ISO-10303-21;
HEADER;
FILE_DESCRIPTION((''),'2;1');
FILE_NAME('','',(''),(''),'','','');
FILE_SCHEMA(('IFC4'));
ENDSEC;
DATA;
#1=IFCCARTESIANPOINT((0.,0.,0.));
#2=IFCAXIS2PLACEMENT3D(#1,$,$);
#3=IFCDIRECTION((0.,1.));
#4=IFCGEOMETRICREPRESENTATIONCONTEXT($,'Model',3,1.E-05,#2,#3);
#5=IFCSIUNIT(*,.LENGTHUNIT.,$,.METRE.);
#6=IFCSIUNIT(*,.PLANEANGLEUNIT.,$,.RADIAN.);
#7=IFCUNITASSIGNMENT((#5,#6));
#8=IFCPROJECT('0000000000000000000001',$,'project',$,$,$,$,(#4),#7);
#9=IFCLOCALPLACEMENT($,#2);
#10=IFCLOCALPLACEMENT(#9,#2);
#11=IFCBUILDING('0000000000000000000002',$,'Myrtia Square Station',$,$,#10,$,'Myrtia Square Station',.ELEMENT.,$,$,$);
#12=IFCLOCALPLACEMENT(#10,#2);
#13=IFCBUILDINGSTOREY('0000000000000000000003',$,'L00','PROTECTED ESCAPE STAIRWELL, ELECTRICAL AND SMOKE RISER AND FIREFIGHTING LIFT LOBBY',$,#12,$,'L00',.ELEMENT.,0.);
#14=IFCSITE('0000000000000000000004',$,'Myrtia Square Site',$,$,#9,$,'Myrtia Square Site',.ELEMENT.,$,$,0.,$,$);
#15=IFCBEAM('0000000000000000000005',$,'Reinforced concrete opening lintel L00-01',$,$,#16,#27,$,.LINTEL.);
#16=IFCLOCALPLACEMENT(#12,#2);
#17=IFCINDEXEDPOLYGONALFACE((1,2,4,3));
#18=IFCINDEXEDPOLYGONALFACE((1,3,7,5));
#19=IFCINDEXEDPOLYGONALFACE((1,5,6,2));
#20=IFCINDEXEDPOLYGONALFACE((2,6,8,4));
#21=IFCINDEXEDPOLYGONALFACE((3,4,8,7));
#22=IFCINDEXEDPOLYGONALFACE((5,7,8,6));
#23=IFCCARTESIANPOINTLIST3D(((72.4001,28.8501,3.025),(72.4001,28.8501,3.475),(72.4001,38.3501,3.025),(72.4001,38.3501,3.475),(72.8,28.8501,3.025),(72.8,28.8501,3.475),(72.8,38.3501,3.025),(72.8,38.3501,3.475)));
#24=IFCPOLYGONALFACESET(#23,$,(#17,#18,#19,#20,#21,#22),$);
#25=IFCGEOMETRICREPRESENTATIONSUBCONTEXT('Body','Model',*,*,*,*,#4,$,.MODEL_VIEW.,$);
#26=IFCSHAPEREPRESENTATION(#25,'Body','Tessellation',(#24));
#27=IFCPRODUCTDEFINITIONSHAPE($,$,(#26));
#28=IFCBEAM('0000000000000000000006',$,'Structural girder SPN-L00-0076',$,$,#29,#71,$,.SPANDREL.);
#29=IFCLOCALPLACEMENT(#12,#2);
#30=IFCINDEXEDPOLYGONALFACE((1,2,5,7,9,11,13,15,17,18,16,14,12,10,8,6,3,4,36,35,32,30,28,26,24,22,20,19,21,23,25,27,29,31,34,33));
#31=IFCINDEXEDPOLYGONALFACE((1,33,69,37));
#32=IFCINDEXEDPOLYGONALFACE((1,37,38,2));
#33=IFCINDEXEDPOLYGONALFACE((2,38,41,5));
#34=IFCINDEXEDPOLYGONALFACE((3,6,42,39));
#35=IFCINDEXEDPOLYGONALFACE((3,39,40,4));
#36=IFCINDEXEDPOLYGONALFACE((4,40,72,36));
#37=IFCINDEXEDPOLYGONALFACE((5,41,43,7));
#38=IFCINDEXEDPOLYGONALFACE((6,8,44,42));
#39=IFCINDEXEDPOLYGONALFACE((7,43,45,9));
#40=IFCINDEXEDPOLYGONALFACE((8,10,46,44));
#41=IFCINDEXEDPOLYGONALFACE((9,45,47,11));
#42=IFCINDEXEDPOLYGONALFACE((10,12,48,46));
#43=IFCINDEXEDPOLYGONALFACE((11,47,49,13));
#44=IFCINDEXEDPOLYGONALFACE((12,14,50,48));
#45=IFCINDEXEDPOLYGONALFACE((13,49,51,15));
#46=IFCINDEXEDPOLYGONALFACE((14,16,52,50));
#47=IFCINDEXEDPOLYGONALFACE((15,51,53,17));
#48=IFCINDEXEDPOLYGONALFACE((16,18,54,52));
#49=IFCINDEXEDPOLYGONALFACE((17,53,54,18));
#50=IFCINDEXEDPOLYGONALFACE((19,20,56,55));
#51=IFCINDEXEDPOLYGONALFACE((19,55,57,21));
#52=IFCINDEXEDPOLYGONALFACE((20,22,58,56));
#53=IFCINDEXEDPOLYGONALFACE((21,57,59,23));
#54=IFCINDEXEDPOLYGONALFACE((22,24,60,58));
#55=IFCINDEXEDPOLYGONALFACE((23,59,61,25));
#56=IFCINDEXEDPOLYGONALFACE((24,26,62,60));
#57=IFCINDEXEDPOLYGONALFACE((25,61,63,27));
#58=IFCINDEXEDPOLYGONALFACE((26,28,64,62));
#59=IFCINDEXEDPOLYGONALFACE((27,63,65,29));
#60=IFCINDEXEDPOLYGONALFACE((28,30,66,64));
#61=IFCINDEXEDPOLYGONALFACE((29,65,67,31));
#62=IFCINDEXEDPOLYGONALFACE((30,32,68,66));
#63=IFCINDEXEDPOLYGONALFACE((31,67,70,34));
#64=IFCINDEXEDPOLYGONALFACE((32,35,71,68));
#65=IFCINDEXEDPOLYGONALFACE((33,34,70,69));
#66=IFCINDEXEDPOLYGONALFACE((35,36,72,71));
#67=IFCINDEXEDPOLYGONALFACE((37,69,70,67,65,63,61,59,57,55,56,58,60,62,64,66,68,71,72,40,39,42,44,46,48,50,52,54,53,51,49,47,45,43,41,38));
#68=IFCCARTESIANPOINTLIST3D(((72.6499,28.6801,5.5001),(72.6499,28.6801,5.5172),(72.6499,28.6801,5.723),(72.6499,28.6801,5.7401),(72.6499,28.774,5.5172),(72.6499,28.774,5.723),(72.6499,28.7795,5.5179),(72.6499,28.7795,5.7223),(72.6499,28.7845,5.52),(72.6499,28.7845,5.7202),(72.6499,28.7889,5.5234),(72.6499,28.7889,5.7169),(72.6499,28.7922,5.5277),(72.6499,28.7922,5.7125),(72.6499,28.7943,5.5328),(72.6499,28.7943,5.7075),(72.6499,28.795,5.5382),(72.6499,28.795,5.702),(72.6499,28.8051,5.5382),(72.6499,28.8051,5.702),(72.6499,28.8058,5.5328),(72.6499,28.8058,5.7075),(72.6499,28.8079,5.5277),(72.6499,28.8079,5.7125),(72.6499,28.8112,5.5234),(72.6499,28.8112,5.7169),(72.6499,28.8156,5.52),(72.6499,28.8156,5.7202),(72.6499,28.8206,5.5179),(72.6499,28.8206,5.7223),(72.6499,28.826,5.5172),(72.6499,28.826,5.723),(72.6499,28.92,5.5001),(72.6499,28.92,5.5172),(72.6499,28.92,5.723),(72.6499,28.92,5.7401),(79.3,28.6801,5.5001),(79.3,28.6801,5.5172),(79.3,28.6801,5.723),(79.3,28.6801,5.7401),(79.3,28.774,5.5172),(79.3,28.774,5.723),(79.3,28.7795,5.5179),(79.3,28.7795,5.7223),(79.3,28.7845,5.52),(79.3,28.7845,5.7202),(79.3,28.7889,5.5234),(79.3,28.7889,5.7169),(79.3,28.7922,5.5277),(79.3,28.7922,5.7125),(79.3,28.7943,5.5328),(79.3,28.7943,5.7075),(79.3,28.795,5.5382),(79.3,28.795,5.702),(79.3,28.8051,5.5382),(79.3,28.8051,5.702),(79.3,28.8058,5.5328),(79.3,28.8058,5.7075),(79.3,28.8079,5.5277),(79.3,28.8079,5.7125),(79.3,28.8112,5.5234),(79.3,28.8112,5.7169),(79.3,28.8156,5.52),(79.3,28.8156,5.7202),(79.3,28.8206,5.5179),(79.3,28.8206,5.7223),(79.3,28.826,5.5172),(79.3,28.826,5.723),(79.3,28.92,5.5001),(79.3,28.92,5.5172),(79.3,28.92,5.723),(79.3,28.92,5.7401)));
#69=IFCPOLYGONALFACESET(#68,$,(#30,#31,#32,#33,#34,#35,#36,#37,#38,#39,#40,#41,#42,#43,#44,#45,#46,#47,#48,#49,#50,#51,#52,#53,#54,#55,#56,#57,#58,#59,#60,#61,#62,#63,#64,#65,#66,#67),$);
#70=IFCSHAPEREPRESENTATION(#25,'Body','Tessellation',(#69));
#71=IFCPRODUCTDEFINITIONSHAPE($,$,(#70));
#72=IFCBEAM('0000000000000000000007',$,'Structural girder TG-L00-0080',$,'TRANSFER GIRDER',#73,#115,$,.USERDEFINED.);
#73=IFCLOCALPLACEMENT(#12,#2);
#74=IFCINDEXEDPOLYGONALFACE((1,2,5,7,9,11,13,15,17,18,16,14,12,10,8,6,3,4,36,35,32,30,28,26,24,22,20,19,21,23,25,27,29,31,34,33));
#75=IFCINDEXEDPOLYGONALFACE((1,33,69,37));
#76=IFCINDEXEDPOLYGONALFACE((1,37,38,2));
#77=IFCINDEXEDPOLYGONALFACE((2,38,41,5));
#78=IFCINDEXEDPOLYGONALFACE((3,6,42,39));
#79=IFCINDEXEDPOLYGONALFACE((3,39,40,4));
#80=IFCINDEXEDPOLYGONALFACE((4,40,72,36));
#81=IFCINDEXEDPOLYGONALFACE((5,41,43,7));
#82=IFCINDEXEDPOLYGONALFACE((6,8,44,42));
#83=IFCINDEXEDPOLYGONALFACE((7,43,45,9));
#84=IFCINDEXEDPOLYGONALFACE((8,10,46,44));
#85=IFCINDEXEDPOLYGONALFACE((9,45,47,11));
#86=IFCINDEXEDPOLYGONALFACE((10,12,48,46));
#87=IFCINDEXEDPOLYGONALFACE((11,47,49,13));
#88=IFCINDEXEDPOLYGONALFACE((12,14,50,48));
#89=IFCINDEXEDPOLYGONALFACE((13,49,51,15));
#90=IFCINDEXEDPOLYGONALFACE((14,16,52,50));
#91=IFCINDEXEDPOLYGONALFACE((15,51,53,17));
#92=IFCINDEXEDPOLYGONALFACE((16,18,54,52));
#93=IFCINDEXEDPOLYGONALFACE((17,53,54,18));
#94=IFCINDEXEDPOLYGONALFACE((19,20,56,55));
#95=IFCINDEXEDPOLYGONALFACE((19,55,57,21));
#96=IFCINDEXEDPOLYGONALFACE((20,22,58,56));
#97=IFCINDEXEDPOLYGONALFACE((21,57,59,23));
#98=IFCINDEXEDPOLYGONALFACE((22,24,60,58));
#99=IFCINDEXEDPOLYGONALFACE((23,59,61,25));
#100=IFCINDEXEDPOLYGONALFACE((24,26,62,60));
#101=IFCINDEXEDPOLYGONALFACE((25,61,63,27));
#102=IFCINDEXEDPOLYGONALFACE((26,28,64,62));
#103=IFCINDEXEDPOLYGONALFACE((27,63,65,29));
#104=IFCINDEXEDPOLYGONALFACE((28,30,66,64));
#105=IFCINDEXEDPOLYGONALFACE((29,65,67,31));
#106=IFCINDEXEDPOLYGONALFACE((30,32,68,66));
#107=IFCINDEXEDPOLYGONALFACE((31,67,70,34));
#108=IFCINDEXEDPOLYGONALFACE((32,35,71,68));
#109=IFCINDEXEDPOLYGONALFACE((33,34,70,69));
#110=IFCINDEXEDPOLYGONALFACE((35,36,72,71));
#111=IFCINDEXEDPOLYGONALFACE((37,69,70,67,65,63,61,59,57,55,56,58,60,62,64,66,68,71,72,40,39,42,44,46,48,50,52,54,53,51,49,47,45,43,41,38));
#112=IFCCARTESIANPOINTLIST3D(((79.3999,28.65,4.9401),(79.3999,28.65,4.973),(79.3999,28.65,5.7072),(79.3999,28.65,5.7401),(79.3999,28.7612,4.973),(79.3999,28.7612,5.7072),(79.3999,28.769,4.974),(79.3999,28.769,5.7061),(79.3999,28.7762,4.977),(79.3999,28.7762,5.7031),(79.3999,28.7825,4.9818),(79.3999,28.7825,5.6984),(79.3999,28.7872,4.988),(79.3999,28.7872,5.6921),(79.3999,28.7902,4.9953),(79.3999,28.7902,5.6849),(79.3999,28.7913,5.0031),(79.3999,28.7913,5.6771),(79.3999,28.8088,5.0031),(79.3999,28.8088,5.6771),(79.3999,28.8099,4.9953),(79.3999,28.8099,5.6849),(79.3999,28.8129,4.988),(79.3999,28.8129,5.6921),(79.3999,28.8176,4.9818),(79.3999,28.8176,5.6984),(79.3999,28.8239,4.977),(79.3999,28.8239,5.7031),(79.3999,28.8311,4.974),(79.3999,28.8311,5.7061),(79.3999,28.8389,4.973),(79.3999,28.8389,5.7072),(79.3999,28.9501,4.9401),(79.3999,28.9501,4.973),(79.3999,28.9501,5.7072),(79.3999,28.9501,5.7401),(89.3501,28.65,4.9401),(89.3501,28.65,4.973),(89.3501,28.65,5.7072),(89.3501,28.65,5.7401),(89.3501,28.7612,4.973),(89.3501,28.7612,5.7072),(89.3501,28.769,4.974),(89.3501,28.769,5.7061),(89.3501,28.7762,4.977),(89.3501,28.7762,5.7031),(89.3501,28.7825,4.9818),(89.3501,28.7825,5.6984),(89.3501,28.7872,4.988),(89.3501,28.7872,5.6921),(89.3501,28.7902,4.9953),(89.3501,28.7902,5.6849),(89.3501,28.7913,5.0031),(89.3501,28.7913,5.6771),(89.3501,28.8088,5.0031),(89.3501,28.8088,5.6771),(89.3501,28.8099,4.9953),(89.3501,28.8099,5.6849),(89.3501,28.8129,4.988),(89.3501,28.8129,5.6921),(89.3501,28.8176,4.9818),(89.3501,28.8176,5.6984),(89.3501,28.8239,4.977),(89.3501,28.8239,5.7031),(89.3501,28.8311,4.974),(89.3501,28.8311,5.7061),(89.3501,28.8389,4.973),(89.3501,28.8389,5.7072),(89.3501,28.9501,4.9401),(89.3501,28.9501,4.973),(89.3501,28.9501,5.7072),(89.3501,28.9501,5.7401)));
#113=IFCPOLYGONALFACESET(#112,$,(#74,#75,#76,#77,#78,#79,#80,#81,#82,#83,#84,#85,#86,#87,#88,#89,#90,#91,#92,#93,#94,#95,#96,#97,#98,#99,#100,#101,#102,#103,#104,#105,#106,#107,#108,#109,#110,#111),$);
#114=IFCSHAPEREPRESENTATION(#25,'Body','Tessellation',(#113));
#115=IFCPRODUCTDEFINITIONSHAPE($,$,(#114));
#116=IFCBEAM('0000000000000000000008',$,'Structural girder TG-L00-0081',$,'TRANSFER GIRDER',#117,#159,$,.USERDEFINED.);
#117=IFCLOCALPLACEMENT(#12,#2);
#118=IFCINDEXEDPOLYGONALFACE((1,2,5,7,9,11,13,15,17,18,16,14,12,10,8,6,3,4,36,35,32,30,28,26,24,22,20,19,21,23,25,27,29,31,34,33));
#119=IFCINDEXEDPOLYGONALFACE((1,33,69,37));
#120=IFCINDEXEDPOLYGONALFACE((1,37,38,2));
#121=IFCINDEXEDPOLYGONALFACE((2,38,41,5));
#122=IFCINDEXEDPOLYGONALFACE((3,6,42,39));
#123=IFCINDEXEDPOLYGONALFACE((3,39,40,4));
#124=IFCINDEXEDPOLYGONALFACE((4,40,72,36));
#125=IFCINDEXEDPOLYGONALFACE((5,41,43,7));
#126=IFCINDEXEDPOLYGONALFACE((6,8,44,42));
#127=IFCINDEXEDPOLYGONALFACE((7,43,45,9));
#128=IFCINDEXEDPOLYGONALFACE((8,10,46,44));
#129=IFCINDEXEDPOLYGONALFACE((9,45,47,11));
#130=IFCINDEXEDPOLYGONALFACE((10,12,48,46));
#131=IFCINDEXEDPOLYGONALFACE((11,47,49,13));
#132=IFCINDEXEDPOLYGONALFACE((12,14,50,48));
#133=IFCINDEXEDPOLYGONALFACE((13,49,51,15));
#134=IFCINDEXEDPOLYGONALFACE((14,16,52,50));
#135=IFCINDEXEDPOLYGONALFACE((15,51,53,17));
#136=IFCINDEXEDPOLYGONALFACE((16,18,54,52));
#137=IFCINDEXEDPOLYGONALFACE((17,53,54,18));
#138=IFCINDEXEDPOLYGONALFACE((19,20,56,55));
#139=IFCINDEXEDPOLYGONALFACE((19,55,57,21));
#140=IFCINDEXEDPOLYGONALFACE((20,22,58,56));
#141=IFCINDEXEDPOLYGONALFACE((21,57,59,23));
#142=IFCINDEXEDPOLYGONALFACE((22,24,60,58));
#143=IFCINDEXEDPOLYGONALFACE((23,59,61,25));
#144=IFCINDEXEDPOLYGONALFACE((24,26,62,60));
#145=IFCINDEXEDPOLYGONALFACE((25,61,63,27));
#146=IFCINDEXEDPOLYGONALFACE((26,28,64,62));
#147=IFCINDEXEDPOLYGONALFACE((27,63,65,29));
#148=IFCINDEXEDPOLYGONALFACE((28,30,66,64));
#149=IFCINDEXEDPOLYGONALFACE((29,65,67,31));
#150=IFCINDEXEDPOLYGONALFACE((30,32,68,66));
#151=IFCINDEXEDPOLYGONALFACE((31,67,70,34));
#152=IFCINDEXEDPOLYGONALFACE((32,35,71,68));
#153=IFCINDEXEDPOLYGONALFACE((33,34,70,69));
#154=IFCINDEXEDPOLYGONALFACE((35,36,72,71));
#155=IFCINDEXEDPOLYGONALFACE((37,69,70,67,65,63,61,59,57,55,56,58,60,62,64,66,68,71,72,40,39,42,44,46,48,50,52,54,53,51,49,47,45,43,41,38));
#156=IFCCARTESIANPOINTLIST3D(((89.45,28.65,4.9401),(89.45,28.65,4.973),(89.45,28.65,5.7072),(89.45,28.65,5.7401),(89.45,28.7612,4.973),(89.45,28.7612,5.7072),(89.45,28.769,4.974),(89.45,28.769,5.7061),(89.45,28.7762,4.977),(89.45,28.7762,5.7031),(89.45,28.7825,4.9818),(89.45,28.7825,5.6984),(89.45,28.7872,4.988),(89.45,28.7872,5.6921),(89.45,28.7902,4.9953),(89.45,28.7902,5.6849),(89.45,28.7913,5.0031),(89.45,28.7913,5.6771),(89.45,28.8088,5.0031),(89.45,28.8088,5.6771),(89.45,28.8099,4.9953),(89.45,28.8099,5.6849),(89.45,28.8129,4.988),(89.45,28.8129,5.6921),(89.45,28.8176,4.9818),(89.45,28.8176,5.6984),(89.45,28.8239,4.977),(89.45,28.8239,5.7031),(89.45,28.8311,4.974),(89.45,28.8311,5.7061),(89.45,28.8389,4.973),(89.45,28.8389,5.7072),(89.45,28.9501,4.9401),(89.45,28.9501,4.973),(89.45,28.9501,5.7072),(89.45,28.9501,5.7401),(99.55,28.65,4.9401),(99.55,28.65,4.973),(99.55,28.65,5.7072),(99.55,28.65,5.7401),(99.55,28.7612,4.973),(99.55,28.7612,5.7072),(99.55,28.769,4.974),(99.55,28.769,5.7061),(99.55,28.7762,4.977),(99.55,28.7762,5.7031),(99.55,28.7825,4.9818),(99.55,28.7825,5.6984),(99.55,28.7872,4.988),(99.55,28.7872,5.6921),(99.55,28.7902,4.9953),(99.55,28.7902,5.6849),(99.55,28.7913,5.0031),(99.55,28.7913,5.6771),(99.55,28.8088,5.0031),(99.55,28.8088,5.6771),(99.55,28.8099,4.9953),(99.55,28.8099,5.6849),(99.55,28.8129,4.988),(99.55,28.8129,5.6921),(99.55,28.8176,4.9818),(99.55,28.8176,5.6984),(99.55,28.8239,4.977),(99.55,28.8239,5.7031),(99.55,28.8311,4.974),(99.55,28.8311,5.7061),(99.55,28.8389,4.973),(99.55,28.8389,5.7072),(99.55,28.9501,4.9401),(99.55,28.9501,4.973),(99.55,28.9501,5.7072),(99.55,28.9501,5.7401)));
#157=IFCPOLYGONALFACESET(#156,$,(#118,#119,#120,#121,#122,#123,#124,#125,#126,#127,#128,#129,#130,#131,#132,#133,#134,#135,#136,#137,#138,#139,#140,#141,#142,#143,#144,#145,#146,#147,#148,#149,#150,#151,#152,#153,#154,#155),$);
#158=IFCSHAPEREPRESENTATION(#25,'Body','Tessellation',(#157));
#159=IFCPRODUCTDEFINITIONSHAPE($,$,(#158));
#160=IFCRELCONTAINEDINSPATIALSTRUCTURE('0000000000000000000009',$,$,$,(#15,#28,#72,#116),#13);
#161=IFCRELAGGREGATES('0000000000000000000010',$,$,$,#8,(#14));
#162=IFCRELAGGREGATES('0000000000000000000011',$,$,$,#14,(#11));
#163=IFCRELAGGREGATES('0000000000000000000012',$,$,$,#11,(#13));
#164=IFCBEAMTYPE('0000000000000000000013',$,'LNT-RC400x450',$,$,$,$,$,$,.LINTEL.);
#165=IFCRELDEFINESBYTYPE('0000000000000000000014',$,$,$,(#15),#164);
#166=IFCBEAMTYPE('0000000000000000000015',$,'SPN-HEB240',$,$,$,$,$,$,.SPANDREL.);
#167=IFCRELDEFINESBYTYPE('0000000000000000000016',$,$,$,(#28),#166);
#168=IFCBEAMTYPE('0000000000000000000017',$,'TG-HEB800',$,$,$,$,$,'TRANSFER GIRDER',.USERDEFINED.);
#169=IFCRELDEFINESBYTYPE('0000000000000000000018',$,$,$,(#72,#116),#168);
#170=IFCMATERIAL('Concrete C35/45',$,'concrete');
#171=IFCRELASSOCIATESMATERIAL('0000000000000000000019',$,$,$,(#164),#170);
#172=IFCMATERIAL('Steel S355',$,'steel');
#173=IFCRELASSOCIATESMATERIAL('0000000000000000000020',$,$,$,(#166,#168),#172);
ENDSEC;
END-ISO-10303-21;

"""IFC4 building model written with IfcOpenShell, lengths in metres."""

from ifc_helpers import new_model, si_unit, direction, frame, origin, origin_2d, place, context, subcontext, project, spatial, rectangle, i_section, extrude, material, material_profile, profile_set, type_object, element, save


model = new_model("IFC4")

# Units and contexts
model_context = context("Model", 3, precision=1e-05, world=origin(), true_north=direction((0.0, 1.0)))
body_context = subcontext(model_context, "Body", "Model", "MODEL_VIEW")
ifc_project = project(units=[si_unit("LENGTHUNIT", "METRE"), si_unit("PLANEANGLEUNIT", "RADIAN")], contexts=[model_context])

# Site, building, storey
site_placement = place(None, origin())
site = spatial("IfcSite", under=ifc_project, at=site_placement, Name="Myrtia Square Site", LongName="Myrtia Square Site", CompositionType="ELEMENT", RefElevation=0.0)
building_placement = place(site_placement, origin())
building = spatial("IfcBuilding", under=site, at=building_placement, Name="Myrtia Square Station", LongName="Myrtia Square Station", CompositionType="ELEMENT")
storey_placement = place(building_placement, origin())
storey = spatial("IfcBuildingStorey", under=building, at=storey_placement, Name="L00", Description="PROTECTED ESCAPE STAIRWELL, ELECTRICAL AND SMOKE RISER AND FIREFIGHTING LIFT LOBBY", LongName="L00", CompositionType="ELEMENT", Elevation=0.0)

# Shared definitions
ifc_material_1 = material(Name="Steel S355", Category="steel")

# Beams
ifc_material_2 = material(Name="Concrete C35/45", Category="concrete")
ifc_material_profile_1 = material_profile(ifc_material_2, rectangle(XDim=0.3999, YDim=0.45, at=origin_2d()), Name="LNT 400x450")
ifc_profile_set_1 = profile_set([ifc_material_profile_1], Name="Concrete C35/45")
beam_type_1 = type_object("IfcBeamType", Name="LNT-RC400x450", PredefinedType="LINTEL", material=ifc_profile_set_1)
beam_1_placement = place(storey_placement, frame((72.6001, 28.8501, 3.25), z_axis=(0.0, 1.0, 0.0), x_axis=(-1.0, 0.0, 0.0)))
element("IfcBeam", 1, at=beam_1_placement, inside=storey, type_object=beam_type_1, Name="Reinforced concrete opening lintel L00-01", PredefinedType="LINTEL", context=body_context, shape_type="SweptSolid", body=[
    extrude(rectangle(XDim=0.3999, YDim=0.45, at=origin_2d()), origin(), (0.0, 0.0, 1.0), 9.5),
])
ifc_material_profile_2 = material_profile(ifc_material_1, i_section(OverallWidth=0.24, OverallDepth=0.24, WebThickness=0.01, FlangeThickness=0.0171, FilletRadius=0.021, at=origin_2d()), Name="HEB 240")
ifc_profile_set_2 = profile_set([ifc_material_profile_2], Name="Steel S355")
beam_type_2 = type_object("IfcBeamType", Name="SPN-HEB240", PredefinedType="SPANDREL", material=ifc_profile_set_2)
beam_2_placement = place(storey_placement, frame((72.6499, 28.8, 5.6201), z_axis=(1.0, 0.0, 0.0), x_axis=(0.0, 1.0, 0.0)))
element("IfcBeam", 2, at=beam_2_placement, inside=storey, type_object=beam_type_2, Name="Structural girder SPN-L00-0076", PredefinedType="SPANDREL", context=body_context, shape_type="SweptSolid", body=[
    extrude(i_section(OverallWidth=0.24, OverallDepth=0.24, WebThickness=0.01, FlangeThickness=0.0171, FilletRadius=0.021, at=origin_2d()), origin(), (0.0, 0.0, 1.0), 6.6501),
])
ifc_material_profile_3 = material_profile(ifc_material_1, i_section(OverallWidth=0.3, OverallDepth=0.8, WebThickness=0.0176, FlangeThickness=0.033, FilletRadius=0.03, at=origin_2d()), Name="HEB 800")
ifc_profile_set_3 = profile_set([ifc_material_profile_3], Name="Steel S355")
beam_type_3 = type_object("IfcBeamType", Name="TG-HEB800", ElementType="TRANSFER GIRDER", PredefinedType="USERDEFINED", material=ifc_profile_set_3)
beam_3_placement = place(storey_placement, frame((79.3999, 28.8, 5.3401), z_axis=(1.0, 0.0, 0.0), x_axis=(0.0, 1.0, 0.0)))
element("IfcBeam", 3, at=beam_3_placement, inside=storey, type_object=beam_type_3, Name="Structural girder TG-L00-0080", ObjectType="TRANSFER GIRDER", PredefinedType="USERDEFINED", context=body_context, shape_type="SweptSolid", body=[
    extrude(i_section(OverallWidth=0.3, OverallDepth=0.8, WebThickness=0.0176, FlangeThickness=0.033, FilletRadius=0.03, at=origin_2d()), origin(), (0.0, 0.0, 1.0), 9.9502),
])
beam_4_placement = place(storey_placement, frame((89.45, 28.8, 5.3401), z_axis=(1.0, 0.0, 0.0), x_axis=(0.0, 1.0, 0.0)))
element("IfcBeam", 4, at=beam_4_placement, inside=storey, type_object=beam_type_3, Name="Structural girder TG-L00-0081", ObjectType="TRANSFER GIRDER", PredefinedType="USERDEFINED", context=body_context, shape_type="SweptSolid", body=[
    extrude(i_section(OverallWidth=0.3, OverallDepth=0.8, WebThickness=0.0176, FlangeThickness=0.033, FilletRadius=0.03, at=origin_2d()), origin(), (0.0, 0.0, 1.0), 10.1001),
])

save(model, "model.ifc")
